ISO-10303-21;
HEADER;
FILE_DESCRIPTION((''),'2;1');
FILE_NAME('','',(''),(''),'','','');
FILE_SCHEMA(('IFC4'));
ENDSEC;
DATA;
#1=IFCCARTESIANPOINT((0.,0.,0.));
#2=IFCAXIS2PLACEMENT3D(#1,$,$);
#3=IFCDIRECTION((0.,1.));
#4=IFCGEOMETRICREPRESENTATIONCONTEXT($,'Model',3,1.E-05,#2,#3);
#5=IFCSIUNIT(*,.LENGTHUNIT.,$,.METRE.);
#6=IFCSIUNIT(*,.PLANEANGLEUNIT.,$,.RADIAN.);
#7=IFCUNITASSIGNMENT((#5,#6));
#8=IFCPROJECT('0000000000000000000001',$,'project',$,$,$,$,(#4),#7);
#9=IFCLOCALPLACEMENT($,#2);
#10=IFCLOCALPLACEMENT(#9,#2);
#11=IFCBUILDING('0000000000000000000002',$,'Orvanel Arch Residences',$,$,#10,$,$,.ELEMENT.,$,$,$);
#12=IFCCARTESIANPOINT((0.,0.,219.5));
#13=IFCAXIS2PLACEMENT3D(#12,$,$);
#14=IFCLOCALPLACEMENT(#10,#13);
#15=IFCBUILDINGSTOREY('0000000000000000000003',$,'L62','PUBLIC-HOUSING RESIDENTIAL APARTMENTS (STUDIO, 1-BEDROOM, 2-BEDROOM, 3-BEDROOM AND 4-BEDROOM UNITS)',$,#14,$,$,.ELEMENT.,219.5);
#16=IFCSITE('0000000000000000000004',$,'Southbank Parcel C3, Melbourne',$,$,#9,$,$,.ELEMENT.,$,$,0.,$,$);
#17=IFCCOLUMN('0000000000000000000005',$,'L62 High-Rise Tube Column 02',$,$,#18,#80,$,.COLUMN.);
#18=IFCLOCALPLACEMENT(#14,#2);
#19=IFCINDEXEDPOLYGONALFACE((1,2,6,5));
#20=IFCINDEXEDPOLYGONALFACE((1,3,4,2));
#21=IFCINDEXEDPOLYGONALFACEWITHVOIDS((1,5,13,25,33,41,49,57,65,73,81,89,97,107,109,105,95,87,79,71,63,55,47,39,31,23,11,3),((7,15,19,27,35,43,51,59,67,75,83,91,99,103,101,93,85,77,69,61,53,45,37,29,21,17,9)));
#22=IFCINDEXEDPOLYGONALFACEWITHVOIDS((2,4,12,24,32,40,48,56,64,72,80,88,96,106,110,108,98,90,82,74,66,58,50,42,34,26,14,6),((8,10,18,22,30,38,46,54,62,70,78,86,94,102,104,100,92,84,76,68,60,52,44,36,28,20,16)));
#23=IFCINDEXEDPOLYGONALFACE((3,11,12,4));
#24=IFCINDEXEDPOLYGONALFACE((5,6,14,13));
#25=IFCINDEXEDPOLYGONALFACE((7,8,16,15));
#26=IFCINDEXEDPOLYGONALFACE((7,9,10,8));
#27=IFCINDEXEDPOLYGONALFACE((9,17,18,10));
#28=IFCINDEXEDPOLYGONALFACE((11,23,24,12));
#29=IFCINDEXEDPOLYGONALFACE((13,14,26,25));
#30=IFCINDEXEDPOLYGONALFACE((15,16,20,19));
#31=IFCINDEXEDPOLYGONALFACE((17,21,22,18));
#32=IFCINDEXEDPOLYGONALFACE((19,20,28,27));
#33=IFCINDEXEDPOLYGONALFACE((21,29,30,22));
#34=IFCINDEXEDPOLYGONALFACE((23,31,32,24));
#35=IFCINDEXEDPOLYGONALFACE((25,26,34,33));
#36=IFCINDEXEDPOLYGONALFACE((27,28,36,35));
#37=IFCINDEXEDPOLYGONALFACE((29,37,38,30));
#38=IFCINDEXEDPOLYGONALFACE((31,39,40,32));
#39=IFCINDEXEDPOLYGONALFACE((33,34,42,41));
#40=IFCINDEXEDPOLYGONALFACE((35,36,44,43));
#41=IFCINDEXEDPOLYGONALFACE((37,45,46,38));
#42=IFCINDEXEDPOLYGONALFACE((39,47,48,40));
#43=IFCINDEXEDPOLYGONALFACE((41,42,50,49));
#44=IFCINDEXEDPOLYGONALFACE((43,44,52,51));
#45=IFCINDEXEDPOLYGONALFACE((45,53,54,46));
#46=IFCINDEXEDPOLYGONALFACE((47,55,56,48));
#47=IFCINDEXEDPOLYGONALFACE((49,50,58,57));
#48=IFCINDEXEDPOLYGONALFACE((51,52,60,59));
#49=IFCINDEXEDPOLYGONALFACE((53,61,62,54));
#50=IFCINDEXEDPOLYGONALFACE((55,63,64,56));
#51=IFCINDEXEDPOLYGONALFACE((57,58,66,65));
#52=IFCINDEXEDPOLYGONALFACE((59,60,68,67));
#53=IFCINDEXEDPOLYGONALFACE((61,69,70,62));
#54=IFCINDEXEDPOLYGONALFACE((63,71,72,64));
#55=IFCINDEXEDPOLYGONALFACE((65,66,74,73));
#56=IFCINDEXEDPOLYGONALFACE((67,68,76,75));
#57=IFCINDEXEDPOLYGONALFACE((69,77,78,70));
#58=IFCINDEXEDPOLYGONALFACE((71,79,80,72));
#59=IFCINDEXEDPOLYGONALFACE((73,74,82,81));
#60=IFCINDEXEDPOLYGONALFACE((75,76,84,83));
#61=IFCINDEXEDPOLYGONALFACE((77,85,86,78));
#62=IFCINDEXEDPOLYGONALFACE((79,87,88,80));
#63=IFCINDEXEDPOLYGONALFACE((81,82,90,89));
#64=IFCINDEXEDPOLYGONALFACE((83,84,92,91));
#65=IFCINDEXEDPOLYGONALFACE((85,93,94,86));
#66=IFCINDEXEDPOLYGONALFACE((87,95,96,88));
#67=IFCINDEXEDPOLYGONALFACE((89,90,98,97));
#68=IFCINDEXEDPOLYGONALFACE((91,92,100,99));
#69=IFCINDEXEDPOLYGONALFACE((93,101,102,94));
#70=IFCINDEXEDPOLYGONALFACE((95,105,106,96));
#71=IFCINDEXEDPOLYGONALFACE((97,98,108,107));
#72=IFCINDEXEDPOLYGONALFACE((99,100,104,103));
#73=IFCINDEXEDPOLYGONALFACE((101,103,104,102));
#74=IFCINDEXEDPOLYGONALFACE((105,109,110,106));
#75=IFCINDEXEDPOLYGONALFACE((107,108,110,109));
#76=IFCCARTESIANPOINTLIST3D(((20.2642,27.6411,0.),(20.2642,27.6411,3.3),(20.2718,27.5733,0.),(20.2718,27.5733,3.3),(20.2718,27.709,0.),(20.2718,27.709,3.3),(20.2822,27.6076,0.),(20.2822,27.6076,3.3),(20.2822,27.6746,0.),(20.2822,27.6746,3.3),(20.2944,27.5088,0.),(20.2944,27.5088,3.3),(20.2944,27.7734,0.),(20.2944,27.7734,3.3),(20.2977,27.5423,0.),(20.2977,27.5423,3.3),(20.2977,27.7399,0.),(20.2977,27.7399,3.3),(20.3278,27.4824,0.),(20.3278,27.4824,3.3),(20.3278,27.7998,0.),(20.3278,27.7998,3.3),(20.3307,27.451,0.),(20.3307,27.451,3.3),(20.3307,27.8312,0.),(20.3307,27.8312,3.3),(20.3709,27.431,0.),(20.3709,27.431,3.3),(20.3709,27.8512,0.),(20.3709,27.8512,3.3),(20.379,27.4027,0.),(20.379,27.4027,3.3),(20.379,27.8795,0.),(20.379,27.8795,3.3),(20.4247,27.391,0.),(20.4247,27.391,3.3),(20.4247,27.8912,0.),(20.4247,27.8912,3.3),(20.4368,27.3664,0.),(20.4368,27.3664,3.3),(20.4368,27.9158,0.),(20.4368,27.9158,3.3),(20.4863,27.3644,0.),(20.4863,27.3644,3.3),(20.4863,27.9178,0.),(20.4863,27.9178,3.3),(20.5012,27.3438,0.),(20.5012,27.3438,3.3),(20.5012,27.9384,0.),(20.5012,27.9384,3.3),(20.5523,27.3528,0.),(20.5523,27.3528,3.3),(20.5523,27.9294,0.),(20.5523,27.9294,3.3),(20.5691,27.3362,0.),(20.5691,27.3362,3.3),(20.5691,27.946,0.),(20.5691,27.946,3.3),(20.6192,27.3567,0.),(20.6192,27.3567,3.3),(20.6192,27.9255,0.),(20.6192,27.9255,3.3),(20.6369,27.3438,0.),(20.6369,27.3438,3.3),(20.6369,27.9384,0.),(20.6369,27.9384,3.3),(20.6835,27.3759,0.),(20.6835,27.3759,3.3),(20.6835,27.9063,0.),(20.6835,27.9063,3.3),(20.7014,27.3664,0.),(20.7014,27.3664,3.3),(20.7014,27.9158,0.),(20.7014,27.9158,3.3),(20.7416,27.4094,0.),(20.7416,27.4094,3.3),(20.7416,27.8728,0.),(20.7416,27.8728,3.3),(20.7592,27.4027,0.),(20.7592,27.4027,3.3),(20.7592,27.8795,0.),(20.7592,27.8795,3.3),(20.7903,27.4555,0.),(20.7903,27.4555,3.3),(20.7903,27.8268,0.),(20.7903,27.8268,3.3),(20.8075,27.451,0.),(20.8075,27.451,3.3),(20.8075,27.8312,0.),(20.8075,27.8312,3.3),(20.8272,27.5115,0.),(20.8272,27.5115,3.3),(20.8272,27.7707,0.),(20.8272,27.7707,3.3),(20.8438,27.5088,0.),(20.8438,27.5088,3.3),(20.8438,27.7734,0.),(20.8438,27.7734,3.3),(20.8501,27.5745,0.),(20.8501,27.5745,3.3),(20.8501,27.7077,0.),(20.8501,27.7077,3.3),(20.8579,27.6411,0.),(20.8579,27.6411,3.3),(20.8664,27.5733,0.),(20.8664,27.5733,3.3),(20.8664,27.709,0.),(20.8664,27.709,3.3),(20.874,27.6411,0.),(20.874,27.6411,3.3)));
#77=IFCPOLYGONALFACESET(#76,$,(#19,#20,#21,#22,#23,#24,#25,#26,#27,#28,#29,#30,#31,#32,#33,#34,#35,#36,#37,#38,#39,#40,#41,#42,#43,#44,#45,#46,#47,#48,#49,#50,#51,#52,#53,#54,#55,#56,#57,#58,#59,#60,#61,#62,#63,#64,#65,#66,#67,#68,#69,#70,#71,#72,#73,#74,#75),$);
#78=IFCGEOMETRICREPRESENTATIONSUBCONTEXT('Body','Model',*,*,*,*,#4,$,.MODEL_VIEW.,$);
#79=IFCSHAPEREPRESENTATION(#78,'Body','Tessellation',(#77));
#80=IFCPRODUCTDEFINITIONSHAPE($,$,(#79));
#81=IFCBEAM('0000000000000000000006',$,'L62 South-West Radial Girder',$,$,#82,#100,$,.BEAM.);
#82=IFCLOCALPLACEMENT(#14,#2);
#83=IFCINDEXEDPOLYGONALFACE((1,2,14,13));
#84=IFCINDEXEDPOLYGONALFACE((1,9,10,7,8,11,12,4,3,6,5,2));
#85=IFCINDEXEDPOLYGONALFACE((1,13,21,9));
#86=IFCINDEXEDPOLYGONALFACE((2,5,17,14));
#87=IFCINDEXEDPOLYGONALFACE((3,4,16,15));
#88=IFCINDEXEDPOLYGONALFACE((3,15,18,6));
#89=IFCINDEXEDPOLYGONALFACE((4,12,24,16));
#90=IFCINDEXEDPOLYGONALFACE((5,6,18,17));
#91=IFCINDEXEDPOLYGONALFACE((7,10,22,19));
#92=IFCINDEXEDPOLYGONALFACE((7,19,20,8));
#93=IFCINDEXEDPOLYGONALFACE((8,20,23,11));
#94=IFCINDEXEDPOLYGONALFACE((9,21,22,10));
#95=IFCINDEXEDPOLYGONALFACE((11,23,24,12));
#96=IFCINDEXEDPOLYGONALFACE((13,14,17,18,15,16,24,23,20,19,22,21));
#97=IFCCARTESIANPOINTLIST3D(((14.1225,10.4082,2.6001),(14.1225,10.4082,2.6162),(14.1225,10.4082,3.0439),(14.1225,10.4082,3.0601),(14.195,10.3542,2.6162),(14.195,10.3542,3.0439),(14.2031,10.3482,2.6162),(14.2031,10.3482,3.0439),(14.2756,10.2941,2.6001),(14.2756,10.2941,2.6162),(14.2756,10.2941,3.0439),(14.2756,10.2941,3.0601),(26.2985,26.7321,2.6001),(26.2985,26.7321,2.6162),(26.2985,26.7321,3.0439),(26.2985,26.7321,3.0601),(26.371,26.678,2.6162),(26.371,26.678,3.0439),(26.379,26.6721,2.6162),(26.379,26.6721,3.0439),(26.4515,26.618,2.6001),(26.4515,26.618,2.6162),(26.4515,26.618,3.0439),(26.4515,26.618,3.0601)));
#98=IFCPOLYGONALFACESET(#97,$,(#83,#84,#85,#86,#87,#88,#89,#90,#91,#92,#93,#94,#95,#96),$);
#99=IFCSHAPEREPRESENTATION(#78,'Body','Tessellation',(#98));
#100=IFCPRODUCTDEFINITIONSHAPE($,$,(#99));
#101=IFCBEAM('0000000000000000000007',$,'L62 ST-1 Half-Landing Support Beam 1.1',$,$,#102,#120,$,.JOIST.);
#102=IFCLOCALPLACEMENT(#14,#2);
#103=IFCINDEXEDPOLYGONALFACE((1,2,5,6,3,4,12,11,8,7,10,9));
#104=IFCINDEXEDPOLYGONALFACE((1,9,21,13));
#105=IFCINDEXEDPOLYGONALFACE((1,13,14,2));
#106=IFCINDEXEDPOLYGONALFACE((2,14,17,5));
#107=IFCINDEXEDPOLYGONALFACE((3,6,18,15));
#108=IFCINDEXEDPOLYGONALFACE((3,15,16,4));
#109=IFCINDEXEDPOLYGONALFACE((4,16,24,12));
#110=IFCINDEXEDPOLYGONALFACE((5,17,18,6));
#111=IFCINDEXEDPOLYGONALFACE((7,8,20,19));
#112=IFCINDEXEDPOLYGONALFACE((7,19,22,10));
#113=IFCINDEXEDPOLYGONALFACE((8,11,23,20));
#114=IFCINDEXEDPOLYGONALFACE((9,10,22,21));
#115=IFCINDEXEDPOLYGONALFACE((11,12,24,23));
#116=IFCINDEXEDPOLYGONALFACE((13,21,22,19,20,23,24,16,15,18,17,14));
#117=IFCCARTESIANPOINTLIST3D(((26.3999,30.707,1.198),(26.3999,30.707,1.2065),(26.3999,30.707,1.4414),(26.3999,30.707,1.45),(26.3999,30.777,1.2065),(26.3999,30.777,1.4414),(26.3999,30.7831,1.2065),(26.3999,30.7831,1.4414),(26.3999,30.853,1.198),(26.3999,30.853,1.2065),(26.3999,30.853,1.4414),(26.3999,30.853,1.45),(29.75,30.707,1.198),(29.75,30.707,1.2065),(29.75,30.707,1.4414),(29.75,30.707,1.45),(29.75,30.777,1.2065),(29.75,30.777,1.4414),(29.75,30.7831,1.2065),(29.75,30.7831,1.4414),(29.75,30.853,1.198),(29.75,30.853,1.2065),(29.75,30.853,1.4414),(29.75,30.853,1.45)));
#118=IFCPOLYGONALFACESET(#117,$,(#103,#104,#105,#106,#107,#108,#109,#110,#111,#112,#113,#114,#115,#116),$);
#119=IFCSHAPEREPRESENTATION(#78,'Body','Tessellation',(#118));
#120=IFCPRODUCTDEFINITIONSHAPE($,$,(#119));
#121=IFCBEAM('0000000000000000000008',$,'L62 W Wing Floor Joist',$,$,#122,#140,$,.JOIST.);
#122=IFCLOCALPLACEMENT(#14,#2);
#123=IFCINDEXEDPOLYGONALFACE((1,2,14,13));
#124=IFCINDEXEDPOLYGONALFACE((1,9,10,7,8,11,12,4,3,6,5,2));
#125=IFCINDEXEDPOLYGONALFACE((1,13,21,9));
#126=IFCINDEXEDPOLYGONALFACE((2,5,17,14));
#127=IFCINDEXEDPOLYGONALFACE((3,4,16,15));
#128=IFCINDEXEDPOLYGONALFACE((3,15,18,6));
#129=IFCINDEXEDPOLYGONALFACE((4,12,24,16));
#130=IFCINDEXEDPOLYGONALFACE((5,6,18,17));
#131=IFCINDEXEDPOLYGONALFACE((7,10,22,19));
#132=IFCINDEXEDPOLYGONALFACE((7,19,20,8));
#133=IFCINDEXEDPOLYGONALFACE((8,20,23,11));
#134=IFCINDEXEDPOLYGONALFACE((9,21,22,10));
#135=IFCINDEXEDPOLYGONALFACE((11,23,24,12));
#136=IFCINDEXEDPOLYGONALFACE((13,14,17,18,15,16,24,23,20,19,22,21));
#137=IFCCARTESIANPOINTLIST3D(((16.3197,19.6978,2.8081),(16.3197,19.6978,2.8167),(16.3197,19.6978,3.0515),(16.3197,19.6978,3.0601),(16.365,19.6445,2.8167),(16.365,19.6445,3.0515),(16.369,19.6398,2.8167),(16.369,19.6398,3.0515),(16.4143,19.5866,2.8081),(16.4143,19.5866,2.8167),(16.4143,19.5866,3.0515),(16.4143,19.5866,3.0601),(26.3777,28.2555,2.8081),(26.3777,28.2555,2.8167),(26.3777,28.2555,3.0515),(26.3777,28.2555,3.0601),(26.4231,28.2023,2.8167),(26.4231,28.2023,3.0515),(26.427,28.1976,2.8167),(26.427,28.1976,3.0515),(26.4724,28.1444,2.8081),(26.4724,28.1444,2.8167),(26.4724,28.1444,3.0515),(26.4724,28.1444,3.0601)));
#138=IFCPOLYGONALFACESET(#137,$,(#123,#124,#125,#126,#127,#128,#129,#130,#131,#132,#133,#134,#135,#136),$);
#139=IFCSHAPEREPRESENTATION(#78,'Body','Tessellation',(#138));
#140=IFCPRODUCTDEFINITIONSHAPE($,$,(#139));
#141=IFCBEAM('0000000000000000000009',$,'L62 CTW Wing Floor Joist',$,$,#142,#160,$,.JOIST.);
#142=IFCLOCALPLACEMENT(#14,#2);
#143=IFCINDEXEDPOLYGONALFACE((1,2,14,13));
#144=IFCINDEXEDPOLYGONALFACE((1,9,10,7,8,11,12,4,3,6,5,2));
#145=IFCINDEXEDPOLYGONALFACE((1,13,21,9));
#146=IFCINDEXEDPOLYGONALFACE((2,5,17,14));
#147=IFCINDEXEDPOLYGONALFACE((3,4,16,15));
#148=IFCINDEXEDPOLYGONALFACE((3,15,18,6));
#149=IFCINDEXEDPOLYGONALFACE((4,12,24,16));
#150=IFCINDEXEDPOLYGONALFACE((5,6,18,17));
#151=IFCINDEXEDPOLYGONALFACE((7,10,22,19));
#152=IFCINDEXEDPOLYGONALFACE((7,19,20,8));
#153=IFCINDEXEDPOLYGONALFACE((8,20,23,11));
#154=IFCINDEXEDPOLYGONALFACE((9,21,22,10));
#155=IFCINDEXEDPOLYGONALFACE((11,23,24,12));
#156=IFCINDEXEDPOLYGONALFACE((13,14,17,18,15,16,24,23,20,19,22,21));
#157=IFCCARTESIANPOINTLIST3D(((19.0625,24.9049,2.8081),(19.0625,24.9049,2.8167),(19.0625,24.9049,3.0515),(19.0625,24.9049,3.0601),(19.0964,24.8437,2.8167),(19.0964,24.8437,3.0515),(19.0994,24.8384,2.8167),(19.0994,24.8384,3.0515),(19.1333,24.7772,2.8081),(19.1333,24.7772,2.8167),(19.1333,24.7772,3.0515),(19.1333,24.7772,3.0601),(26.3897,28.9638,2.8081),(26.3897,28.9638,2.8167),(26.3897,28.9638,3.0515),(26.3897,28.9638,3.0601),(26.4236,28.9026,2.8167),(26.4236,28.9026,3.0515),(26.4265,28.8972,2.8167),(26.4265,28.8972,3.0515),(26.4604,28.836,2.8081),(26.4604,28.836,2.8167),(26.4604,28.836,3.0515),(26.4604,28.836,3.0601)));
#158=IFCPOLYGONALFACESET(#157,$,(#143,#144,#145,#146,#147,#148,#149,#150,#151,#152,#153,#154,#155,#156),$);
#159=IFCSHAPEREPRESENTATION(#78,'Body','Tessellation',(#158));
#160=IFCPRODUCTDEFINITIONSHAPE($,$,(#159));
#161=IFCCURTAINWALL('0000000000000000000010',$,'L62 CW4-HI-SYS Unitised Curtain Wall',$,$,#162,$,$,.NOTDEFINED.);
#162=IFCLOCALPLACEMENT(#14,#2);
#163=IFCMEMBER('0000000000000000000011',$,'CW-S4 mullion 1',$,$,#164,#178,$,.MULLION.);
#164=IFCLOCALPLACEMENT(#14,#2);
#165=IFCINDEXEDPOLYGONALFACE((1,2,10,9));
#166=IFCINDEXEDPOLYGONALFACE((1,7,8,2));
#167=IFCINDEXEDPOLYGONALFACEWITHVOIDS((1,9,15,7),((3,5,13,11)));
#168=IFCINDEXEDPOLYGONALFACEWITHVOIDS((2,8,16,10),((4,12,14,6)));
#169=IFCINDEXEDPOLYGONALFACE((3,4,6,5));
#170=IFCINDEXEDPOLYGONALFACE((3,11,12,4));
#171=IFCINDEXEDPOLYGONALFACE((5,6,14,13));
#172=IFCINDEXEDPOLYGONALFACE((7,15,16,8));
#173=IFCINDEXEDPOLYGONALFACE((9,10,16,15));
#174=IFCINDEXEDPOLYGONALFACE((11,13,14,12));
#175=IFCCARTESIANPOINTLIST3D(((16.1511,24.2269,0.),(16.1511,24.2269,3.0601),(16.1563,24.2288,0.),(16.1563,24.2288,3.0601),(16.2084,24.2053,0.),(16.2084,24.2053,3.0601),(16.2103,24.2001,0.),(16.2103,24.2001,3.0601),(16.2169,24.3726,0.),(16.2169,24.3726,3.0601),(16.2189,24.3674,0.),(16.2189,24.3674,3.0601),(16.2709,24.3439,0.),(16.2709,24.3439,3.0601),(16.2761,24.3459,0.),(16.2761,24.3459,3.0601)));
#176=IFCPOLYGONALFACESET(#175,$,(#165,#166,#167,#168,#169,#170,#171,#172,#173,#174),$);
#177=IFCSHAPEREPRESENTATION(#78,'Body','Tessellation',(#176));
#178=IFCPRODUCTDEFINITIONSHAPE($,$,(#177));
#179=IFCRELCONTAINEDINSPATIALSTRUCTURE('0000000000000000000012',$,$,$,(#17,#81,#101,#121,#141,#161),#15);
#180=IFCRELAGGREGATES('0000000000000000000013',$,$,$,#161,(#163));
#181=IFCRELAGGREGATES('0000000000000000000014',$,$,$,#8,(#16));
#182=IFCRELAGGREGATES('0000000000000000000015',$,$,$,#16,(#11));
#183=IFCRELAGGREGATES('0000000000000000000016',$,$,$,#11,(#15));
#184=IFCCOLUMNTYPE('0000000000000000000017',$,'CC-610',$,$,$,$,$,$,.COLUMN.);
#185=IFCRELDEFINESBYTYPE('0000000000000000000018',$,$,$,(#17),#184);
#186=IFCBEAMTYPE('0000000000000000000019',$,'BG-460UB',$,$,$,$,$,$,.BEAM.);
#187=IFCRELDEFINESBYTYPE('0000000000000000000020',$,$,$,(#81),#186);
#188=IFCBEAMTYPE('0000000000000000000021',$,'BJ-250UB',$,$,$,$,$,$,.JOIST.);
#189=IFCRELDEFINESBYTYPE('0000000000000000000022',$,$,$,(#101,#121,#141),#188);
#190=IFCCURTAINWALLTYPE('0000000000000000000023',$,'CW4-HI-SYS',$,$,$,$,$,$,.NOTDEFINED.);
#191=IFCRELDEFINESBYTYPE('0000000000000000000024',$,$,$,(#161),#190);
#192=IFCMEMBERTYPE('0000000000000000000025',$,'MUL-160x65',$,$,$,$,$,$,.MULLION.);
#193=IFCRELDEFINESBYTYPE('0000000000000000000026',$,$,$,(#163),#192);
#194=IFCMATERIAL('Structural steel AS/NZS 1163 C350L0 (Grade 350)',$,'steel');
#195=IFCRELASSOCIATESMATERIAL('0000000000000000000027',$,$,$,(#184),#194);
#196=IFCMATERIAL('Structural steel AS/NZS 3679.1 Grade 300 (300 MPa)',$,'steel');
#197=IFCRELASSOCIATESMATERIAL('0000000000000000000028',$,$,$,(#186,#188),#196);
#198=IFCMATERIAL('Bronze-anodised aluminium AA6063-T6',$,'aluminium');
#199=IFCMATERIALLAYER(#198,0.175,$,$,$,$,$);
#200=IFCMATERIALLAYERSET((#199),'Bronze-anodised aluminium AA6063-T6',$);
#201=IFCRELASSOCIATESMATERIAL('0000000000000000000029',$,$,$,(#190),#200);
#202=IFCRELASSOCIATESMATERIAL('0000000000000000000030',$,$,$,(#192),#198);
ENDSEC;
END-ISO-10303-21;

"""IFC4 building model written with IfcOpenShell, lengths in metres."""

from ifc_helpers import new_model, si_unit, direction, frame, origin, origin_2d, place, context, subcontext, project, spatial, hollow_rectangle, hollow_circle, i_section, extrude, material, layer, layer_set, material_profile, profile_set, type_object, element, aggregate, save


model = new_model("IFC4")

# Units and contexts
model_context = context("Model", 3, precision=1e-05, world=origin(), true_north=direction((0.0, 1.0)))
body_context = subcontext(model_context, "Body", "Model", "MODEL_VIEW")
ifc_project = project(units=[si_unit("LENGTHUNIT", "METRE"), si_unit("PLANEANGLEUNIT", "RADIAN")], contexts=[model_context])

# Site, building, storey
site_placement = place(None, origin())
site = spatial("IfcSite", under=ifc_project, at=site_placement, Name="Southbank Parcel C3, Melbourne", CompositionType="ELEMENT", RefElevation=0.0)
building_placement = place(site_placement, origin())
building = spatial("IfcBuilding", under=site, at=building_placement, Name="Orvanel Arch Residences", CompositionType="ELEMENT")
storey_placement = place(building_placement, frame((0.0, 0.0, 219.5)))
storey = spatial("IfcBuildingStorey", under=building, at=storey_placement, Name="L62", Description="PUBLIC-HOUSING RESIDENTIAL APARTMENTS (STUDIO, 1-BEDROOM, 2-BEDROOM, 3-BEDROOM AND 4-BEDROOM UNITS)", CompositionType="ELEMENT", Elevation=219.5)

# Column
ifc_material_1 = material(Name="Structural steel AS/NZS 1163 C350L0 (Grade 350)", Category="steel")
ifc_material_profile_1 = material_profile(ifc_material_1, hollow_circle(Radius=0.3049, WallThickness=0.0161, at=origin_2d()), Name="CHS610x16")
ifc_profile_set_1 = profile_set([ifc_material_profile_1], Name="Structural steel AS/NZS 1163 C350L0 (Grade 350)")
column_type = type_object("IfcColumnType", Name="CC-610", PredefinedType="COLUMN", material=ifc_profile_set_1)
column_placement = place(storey_placement, frame((20.5691, 27.6411, 0.0), z_axis=(0.0, 0.0, 1.0), x_axis=(1.0, 0.0, 0.0)))
element("IfcColumn", 1, at=column_placement, inside=storey, type_object=column_type, Name="L62 High-Rise Tube Column 02", PredefinedType="COLUMN", context=body_context, shape_type="SweptSolid", body=[
    extrude(hollow_circle(Radius=0.3049, WallThickness=0.0161, at=origin_2d()), origin(), (0.0, 0.0, 1.0), 3.3),
])

# Beams
ifc_material_2 = material(Name="Structural steel AS/NZS 3679.1 Grade 300 (300 MPa)", Category="steel")
ifc_material_profile_2 = material_profile(ifc_material_2, i_section(OverallWidth=0.1909, OverallDepth=0.46, WebThickness=0.01, FlangeThickness=0.0161, at=origin_2d()), Name="460UB82.1")
ifc_profile_set_2 = profile_set([ifc_material_profile_2], Name="Structural steel AS/NZS 3679.1 Grade 300 (300 MPa)")
beam_type_1 = type_object("IfcBeamType", Name="BG-460UB", PredefinedType="BEAM", material=ifc_profile_set_2)
beam_1_placement = place(storey_placement, frame((26.375, 26.675, 2.8301), z_axis=(-0.597894, -0.801575, 0.0), x_axis=(0.801575, -0.597894, 0.0)))
element("IfcBeam", 2, at=beam_1_placement, inside=storey, type_object=beam_type_1, Name="L62 South-West Radial Girder", PredefinedType="BEAM", context=body_context, shape_type="SweptSolid", body=[
    extrude(i_section(OverallWidth=0.1909, OverallDepth=0.46, WebThickness=0.01, FlangeThickness=0.0161, at=origin_2d()), origin(), (0.0, 0.0, 1.0), 20.3647),
])
ifc_material_profile_3 = material_profile(ifc_material_2, i_section(OverallWidth=0.146, OverallDepth=0.252, WebThickness=0.0061, FlangeThickness=0.0085, at=origin_2d()), Name="250UB31.4")
ifc_profile_set_3 = profile_set([ifc_material_profile_3], Name="Structural steel AS/NZS 3679.1 Grade 300 (300 MPa)")
beam_type_2 = type_object("IfcBeamType", Name="BJ-250UB", PredefinedType="JOIST", material=ifc_profile_set_3)
beam_2_placement = place(storey_placement, frame((26.3999, 30.78, 1.324), z_axis=(1.0, 0.0, 0.0), x_axis=(0.0, 1.0, 0.0)))
element("IfcBeam", 3, at=beam_2_placement, inside=storey, type_object=beam_type_2, Name="L62 ST-1 Half-Landing Support Beam 1.1", PredefinedType="JOIST", context=body_context, shape_type="SweptSolid", body=[
    extrude(i_section(OverallWidth=0.146, OverallDepth=0.252, WebThickness=0.0061, FlangeThickness=0.0085, at=origin_2d()), origin(), (0.0, 0.0, 1.0), 3.3501),
])
beam_3_placement = place(storey_placement, frame((26.425, 28.2, 2.9341), z_axis=(-0.761623, -0.648021, 0.0), x_axis=(0.648021, -0.761623, 0.0)))
element("IfcBeam", 4, at=beam_3_placement, inside=storey, type_object=beam_type_2, Name="L62 W Wing Floor Joist", PredefinedType="JOIST", context=body_context, shape_type="SweptSolid", body=[
    extrude(i_section(OverallWidth=0.146, OverallDepth=0.252, WebThickness=0.0061, FlangeThickness=0.0085, at=origin_2d()), origin(), (0.0, 0.0, 1.0), 13.2061),
])
beam_4_placement = place(storey_placement, frame((26.425, 28.8999, 2.9341), z_axis=(-0.874755, -0.484566, 0.0), x_axis=(0.484566, -0.874755, 0.0)))
element("IfcBeam", 5, at=beam_4_placement, inside=storey, type_object=beam_type_2, Name="L62 CTW Wing Floor Joist", PredefinedType="JOIST", context=body_context, shape_type="SweptSolid", body=[
    extrude(i_section(OverallWidth=0.146, OverallDepth=0.252, WebThickness=0.0061, FlangeThickness=0.0085, at=origin_2d()), origin(), (0.0, 0.0, 1.0), 8.3762),
])

# Curtain wall, member
ifc_material_3 = material(Name="Bronze-anodised aluminium AA6063-T6", Category="aluminium")
ifc_layer_1 = layer(ifc_material_3, 0.175)
ifc_layer_set_1 = layer_set([ifc_layer_1], Name="Bronze-anodised aluminium AA6063-T6")
curtain_wall_type = type_object("IfcCurtainWallType", Name="CW4-HI-SYS", PredefinedType="NOTDEFINED", material=ifc_layer_set_1)
curtain_wall_placement = place(storey_placement, origin())
curtain_wall = element("IfcCurtainWall", 6, at=curtain_wall_placement, inside=storey, type_object=curtain_wall_type, Name="L62 CW4-HI-SYS Unitised Curtain Wall", PredefinedType="NOTDEFINED")
ifc_material_profile_4 = material_profile(ifc_material_3, hollow_rectangle(XDim=0.0649, YDim=0.1599, WallThickness=0.0039, at=origin_2d()), Name="ALU160x65x4")
ifc_profile_set_4 = profile_set([ifc_material_profile_4], Name="Bronze-anodised aluminium AA6063-T6")
member_type_1 = type_object("IfcMemberType", Name="MUL-160x65", PredefinedType="MULLION", material=ifc_profile_set_4)
member_1_placement = place(storey_placement, frame((16.2136, 24.2864, 0.0), z_axis=(0.0, 0.0, 1.0), x_axis=(0.91148, -0.411344, 0.0)))
member_1 = element("IfcMember", 7, at=member_1_placement, type_object=member_type_1, Name="CW-S4 mullion 1", PredefinedType="MULLION", context=body_context, shape_type="SweptSolid", body=[
    extrude(hollow_rectangle(XDim=0.0649, YDim=0.1599, WallThickness=0.0039, at=origin_2d()), origin(), (0.0, 0.0, 1.0), 3.0601),
])

aggregate(curtain_wall, [member_1])

save(model, "model.ifc")
